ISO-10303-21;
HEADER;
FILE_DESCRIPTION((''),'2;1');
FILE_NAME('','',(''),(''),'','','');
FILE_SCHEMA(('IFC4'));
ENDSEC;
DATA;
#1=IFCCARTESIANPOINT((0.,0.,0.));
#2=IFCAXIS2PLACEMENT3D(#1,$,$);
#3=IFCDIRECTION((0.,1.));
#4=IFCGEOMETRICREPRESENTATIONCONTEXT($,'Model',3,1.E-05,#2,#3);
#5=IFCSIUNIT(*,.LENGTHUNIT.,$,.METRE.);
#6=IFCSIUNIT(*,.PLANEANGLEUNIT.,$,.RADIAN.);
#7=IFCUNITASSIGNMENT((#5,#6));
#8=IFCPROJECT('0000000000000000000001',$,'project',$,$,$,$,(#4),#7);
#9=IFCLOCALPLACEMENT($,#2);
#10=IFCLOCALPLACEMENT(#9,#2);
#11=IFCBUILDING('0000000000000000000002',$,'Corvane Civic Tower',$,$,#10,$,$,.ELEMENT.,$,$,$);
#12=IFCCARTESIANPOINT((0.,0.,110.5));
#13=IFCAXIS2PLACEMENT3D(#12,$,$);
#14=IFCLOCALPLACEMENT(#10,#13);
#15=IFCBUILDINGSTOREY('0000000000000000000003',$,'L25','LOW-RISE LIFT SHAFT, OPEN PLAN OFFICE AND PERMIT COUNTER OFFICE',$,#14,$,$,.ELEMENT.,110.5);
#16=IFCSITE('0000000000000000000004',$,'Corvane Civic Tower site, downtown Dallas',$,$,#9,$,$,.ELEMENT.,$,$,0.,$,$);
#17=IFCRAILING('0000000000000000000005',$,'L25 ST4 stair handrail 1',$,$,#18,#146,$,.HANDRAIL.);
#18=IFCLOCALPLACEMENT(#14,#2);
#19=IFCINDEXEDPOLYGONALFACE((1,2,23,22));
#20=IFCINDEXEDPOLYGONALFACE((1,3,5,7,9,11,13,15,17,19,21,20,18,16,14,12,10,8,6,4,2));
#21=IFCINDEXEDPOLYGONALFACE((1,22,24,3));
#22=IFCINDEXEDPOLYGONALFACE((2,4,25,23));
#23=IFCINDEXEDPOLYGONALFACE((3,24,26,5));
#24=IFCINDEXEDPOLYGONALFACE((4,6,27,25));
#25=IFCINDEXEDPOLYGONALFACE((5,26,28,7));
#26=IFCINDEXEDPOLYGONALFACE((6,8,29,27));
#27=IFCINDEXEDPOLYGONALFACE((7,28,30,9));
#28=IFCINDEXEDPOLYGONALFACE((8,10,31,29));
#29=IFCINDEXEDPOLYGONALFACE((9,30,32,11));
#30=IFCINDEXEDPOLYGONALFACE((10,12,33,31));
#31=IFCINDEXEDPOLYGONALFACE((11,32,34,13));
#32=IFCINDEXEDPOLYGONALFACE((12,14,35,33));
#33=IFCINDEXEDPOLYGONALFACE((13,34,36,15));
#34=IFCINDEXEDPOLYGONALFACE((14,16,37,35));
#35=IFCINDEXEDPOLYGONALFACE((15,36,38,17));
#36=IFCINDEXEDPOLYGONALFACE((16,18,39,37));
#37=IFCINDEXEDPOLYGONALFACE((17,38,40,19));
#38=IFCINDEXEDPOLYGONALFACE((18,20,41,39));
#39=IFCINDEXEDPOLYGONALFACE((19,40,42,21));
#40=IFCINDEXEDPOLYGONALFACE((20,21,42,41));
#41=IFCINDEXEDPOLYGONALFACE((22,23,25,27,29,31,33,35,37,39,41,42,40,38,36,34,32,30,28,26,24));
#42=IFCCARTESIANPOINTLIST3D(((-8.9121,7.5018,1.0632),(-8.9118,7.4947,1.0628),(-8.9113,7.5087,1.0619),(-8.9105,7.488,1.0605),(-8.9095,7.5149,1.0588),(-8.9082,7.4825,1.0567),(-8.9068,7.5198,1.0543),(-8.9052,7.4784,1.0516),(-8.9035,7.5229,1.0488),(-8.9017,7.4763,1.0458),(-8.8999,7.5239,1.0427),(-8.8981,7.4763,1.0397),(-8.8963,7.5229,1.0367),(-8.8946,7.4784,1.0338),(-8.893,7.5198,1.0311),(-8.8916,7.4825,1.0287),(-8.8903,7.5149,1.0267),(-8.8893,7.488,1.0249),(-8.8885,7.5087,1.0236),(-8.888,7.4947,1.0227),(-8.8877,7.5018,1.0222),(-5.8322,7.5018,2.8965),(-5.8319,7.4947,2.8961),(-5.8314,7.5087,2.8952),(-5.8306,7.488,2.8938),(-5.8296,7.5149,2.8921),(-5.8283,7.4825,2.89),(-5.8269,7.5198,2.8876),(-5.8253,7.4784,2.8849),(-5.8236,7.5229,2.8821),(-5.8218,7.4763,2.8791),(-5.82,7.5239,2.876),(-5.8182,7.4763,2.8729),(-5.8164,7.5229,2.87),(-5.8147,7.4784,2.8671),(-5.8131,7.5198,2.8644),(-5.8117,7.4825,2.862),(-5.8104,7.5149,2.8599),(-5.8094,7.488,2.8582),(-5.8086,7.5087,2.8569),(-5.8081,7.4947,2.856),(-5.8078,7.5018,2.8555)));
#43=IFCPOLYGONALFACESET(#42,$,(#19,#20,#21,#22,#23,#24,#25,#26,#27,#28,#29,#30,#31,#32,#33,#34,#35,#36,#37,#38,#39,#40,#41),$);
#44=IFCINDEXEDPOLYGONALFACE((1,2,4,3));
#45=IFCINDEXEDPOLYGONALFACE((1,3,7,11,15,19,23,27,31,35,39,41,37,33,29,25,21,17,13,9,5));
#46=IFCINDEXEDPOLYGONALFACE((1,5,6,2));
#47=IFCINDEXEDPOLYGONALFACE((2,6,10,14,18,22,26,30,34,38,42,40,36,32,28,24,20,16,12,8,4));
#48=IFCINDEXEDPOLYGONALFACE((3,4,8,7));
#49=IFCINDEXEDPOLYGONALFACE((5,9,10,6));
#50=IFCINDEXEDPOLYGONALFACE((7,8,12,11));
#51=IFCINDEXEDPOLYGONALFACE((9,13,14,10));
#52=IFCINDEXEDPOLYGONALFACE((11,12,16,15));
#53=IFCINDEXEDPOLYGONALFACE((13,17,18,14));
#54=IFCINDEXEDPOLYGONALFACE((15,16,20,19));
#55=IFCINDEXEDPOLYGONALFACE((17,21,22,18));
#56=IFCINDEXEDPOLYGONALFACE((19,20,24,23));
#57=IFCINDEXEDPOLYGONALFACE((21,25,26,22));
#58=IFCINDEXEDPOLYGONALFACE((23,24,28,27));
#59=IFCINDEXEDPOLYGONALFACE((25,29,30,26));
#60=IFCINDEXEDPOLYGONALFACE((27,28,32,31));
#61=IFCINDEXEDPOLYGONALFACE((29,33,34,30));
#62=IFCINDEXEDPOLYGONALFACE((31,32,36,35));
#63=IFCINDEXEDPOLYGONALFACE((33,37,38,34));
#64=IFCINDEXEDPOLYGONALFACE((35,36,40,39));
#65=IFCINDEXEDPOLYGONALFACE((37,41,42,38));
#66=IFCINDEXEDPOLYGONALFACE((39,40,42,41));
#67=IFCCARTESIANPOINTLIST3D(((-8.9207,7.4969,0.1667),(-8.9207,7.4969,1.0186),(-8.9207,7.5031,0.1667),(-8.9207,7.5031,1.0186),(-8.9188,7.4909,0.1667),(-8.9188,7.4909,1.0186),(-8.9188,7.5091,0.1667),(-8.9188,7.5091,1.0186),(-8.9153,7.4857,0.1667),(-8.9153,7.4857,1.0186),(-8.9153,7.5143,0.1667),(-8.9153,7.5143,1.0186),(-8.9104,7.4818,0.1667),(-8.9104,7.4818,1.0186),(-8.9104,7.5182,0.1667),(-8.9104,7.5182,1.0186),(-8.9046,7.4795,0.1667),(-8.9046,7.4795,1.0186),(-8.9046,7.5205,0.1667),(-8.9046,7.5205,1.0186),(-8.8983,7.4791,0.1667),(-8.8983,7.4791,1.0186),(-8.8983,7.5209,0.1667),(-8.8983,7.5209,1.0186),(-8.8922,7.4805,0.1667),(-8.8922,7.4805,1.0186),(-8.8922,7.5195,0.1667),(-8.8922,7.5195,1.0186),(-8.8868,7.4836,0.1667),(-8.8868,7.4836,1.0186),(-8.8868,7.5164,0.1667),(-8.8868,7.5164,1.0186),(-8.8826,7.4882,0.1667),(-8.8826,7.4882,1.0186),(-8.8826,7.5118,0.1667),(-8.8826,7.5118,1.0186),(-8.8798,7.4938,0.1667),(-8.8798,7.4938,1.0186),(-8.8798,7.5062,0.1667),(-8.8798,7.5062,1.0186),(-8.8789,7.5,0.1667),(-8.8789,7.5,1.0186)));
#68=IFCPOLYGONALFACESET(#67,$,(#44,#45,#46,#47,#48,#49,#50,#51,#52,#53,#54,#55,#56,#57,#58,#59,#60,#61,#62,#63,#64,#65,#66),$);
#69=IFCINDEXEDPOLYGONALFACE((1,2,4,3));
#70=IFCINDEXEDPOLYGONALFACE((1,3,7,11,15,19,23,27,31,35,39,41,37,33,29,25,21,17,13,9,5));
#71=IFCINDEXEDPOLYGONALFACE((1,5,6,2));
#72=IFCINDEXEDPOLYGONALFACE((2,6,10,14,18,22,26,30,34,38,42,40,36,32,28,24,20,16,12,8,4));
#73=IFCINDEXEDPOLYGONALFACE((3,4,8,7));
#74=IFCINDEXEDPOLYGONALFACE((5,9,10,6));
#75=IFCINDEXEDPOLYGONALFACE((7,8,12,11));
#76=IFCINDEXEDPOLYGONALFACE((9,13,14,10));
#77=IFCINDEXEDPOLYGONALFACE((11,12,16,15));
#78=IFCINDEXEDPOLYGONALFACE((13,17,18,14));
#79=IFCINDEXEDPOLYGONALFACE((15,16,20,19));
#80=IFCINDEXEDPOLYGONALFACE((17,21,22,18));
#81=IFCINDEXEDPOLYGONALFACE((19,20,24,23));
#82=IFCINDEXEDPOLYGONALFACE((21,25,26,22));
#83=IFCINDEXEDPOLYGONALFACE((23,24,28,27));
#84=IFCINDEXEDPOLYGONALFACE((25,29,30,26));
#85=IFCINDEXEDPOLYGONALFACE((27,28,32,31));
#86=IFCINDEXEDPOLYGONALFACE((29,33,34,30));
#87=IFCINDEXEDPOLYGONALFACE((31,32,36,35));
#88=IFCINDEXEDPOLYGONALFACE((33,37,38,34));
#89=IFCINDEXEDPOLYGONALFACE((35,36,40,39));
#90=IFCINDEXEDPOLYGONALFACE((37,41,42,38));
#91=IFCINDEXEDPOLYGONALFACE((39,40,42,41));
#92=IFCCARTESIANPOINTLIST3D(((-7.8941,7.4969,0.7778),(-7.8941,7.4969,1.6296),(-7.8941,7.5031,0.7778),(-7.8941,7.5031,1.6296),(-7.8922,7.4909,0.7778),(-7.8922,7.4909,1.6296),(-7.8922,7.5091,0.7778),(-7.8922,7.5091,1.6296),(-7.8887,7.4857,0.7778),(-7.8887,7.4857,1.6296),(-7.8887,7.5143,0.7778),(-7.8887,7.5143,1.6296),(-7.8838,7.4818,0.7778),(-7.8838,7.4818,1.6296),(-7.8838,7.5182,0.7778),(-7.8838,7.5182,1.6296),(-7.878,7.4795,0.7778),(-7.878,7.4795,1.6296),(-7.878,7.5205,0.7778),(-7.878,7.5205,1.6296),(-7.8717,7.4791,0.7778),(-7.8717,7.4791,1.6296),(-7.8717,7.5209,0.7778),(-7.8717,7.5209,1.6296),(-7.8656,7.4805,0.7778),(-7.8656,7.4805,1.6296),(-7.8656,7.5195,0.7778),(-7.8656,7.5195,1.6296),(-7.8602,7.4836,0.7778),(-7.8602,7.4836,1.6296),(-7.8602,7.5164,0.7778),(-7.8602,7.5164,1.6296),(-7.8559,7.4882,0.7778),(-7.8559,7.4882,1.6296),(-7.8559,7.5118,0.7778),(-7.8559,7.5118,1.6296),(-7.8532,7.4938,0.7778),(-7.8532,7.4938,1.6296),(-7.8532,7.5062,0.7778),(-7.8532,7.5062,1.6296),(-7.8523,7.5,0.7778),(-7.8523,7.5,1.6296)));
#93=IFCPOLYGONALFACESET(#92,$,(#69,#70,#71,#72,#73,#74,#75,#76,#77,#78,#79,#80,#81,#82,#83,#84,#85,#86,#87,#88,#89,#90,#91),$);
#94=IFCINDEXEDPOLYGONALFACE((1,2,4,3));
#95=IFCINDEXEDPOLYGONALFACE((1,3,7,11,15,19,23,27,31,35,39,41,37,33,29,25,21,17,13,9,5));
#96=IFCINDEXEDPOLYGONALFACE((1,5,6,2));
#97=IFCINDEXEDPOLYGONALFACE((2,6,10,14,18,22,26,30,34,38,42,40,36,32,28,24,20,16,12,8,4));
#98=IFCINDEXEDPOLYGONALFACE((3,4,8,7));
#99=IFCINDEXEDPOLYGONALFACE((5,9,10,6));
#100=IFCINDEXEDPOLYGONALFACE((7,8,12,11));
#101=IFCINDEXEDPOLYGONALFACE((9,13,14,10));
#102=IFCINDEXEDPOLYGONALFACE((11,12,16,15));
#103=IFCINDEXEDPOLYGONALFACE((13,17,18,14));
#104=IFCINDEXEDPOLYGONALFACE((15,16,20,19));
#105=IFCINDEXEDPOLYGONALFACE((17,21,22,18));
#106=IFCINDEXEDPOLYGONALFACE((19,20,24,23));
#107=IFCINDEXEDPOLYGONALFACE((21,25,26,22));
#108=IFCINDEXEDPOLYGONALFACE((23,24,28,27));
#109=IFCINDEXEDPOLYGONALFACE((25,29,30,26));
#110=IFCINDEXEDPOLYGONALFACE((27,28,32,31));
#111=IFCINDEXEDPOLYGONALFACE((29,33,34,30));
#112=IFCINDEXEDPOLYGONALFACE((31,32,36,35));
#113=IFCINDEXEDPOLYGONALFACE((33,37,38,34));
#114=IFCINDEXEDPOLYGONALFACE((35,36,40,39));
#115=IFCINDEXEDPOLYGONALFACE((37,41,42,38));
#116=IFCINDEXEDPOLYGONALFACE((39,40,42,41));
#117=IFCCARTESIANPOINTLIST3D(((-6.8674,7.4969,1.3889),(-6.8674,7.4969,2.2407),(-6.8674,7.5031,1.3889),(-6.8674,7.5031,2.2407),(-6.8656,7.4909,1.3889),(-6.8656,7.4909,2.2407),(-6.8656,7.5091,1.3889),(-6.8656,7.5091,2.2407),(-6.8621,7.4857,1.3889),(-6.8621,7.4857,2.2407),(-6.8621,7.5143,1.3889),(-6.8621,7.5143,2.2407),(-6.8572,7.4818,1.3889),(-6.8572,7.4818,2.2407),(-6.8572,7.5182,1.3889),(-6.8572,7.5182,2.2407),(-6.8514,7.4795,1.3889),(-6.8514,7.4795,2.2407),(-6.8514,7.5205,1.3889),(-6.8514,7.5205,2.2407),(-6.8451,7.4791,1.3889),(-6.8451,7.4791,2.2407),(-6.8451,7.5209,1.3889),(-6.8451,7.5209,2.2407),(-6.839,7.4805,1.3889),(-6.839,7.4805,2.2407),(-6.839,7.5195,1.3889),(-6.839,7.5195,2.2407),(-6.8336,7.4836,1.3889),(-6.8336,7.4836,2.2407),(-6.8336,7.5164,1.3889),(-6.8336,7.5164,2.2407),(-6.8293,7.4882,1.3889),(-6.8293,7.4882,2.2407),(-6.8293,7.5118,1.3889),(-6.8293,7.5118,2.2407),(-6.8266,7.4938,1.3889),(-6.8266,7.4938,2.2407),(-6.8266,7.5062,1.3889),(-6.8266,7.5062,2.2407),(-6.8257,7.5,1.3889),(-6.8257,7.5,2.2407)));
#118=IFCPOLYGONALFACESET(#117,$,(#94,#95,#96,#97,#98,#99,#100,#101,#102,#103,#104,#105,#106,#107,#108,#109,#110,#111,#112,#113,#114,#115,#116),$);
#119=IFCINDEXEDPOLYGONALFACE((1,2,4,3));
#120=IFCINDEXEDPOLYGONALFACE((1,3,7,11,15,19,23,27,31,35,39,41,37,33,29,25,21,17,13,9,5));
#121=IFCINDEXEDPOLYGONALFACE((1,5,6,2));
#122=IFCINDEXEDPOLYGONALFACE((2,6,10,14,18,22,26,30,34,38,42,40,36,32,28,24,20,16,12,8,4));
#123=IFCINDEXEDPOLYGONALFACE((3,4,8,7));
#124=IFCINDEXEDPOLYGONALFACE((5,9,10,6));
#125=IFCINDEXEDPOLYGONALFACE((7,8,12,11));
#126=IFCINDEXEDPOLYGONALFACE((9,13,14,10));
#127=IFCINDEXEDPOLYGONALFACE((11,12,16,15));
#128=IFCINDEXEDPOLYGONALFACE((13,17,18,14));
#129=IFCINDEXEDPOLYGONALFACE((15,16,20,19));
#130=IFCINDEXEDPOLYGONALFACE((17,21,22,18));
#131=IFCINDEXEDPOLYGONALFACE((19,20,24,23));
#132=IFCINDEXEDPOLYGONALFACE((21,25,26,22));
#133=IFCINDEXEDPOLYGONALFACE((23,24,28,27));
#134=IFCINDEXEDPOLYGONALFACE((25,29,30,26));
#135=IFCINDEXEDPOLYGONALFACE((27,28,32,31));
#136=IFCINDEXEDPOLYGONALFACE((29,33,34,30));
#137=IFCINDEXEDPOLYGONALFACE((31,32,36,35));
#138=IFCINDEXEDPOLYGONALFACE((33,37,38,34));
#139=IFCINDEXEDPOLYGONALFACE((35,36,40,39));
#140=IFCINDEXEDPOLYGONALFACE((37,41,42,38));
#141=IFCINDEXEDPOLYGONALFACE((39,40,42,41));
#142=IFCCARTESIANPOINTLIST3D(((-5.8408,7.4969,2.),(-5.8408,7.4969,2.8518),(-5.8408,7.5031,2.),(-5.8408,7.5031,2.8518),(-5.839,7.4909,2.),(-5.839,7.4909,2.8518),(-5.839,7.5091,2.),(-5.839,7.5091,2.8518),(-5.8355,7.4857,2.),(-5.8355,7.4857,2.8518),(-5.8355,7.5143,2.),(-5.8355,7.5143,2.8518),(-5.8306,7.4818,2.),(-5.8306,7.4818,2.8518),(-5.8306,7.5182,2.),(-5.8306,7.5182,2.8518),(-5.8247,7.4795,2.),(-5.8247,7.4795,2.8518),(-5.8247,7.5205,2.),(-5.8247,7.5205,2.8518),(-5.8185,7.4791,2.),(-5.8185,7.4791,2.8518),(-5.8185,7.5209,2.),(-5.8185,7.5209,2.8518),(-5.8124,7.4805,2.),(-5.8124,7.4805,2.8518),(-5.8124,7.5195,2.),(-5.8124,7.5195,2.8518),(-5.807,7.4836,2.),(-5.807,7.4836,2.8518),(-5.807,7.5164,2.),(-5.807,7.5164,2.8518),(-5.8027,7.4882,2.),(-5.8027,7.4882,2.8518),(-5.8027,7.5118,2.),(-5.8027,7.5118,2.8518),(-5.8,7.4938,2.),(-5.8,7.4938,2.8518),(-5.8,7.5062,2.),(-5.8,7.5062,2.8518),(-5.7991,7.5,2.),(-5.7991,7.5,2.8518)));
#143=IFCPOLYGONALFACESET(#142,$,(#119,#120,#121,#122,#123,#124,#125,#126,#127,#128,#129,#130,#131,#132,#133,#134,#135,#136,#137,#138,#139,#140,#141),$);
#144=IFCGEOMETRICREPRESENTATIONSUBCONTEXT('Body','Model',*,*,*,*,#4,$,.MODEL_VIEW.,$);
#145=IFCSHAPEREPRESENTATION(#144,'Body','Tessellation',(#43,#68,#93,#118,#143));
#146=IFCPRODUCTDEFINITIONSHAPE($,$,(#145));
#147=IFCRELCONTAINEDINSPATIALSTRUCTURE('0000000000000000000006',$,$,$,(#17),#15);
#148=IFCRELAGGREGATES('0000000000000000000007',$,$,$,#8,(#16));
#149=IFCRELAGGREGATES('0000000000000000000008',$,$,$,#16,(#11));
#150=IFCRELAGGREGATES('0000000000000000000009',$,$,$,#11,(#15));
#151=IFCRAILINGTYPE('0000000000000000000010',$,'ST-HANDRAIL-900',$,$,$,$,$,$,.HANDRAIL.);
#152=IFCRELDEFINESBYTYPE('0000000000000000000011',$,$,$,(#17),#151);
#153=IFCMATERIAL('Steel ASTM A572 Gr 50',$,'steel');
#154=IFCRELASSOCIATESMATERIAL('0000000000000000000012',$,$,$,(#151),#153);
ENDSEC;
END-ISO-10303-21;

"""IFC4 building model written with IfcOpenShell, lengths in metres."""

from ifc_helpers import new_model, si_unit, direction, frame, origin, origin_2d, place, context, subcontext, project, spatial, circle, extrude, material, type_object, element, save


model = new_model("IFC4")

# Units and contexts
model_context = context("Model", 3, precision=1e-05, world=origin(), true_north=direction((0.0, 1.0)))
body_context = subcontext(model_context, "Body", "Model", "MODEL_VIEW")
ifc_project = project(units=[si_unit("LENGTHUNIT", "METRE"), si_unit("PLANEANGLEUNIT", "RADIAN")], contexts=[model_context])

# Site, building, storey
site_placement = place(None, origin())
site = spatial("IfcSite", under=ifc_project, at=site_placement, Name="Corvane Civic Tower site, downtown Dallas", CompositionType="ELEMENT", RefElevation=0.0)
building_placement = place(site_placement, origin())
building = spatial("IfcBuilding", under=site, at=building_placement, Name="Corvane Civic Tower", CompositionType="ELEMENT")
storey_placement = place(building_placement, frame((0.0, 0.0, 110.5)))
storey = spatial("IfcBuildingStorey", under=building, at=storey_placement, Name="L25", Description="LOW-RISE LIFT SHAFT, OPEN PLAN OFFICE AND PERMIT COUNTER OFFICE", CompositionType="ELEMENT", Elevation=110.5)

# Railing
ifc_material_1 = material(Name="Steel ASTM A572 Gr 50", Category="steel")
railing_type_1 = type_object("IfcRailingType", Name="ST-HANDRAIL-900", PredefinedType="HANDRAIL", material=ifc_material_1)
railing_1_placement = place(storey_placement, frame((-8.8999, 7.5, 0.1667)))
element("IfcRailing", 1, at=railing_1_placement, inside=storey, type_object=railing_type_1, Name="L25 ST4 stair handrail 1", PredefinedType="HANDRAIL", context=body_context, shape_type="SweptSolid", body=[
    extrude(circle(Radius=0.0239, at=origin_2d()), frame((0.0, 0.0, 0.876), z_axis=(0.859291, 0.0, 0.511487), x_axis=(0.0, 1.0, 0.0)), (0.0, 0.0, 1.0), 3.5842),
    extrude(circle(Radius=0.021, at=origin_2d()), origin(), (0.0, 0.0, 1.0), 0.8518),
    extrude(circle(Radius=0.021, at=origin_2d()), frame((1.0266, 0.0, 0.6111)), (0.0, 0.0, 1.0), 0.8518),
    extrude(circle(Radius=0.021, at=origin_2d()), frame((2.0532, 0.0, 1.2222)), (0.0, 0.0, 1.0), 0.8518),
    extrude(circle(Radius=0.021, at=origin_2d()), frame((3.0798, 0.0, 1.8333)), (0.0, 0.0, 1.0), 0.8518),
])

save(model, "model.ifc")
